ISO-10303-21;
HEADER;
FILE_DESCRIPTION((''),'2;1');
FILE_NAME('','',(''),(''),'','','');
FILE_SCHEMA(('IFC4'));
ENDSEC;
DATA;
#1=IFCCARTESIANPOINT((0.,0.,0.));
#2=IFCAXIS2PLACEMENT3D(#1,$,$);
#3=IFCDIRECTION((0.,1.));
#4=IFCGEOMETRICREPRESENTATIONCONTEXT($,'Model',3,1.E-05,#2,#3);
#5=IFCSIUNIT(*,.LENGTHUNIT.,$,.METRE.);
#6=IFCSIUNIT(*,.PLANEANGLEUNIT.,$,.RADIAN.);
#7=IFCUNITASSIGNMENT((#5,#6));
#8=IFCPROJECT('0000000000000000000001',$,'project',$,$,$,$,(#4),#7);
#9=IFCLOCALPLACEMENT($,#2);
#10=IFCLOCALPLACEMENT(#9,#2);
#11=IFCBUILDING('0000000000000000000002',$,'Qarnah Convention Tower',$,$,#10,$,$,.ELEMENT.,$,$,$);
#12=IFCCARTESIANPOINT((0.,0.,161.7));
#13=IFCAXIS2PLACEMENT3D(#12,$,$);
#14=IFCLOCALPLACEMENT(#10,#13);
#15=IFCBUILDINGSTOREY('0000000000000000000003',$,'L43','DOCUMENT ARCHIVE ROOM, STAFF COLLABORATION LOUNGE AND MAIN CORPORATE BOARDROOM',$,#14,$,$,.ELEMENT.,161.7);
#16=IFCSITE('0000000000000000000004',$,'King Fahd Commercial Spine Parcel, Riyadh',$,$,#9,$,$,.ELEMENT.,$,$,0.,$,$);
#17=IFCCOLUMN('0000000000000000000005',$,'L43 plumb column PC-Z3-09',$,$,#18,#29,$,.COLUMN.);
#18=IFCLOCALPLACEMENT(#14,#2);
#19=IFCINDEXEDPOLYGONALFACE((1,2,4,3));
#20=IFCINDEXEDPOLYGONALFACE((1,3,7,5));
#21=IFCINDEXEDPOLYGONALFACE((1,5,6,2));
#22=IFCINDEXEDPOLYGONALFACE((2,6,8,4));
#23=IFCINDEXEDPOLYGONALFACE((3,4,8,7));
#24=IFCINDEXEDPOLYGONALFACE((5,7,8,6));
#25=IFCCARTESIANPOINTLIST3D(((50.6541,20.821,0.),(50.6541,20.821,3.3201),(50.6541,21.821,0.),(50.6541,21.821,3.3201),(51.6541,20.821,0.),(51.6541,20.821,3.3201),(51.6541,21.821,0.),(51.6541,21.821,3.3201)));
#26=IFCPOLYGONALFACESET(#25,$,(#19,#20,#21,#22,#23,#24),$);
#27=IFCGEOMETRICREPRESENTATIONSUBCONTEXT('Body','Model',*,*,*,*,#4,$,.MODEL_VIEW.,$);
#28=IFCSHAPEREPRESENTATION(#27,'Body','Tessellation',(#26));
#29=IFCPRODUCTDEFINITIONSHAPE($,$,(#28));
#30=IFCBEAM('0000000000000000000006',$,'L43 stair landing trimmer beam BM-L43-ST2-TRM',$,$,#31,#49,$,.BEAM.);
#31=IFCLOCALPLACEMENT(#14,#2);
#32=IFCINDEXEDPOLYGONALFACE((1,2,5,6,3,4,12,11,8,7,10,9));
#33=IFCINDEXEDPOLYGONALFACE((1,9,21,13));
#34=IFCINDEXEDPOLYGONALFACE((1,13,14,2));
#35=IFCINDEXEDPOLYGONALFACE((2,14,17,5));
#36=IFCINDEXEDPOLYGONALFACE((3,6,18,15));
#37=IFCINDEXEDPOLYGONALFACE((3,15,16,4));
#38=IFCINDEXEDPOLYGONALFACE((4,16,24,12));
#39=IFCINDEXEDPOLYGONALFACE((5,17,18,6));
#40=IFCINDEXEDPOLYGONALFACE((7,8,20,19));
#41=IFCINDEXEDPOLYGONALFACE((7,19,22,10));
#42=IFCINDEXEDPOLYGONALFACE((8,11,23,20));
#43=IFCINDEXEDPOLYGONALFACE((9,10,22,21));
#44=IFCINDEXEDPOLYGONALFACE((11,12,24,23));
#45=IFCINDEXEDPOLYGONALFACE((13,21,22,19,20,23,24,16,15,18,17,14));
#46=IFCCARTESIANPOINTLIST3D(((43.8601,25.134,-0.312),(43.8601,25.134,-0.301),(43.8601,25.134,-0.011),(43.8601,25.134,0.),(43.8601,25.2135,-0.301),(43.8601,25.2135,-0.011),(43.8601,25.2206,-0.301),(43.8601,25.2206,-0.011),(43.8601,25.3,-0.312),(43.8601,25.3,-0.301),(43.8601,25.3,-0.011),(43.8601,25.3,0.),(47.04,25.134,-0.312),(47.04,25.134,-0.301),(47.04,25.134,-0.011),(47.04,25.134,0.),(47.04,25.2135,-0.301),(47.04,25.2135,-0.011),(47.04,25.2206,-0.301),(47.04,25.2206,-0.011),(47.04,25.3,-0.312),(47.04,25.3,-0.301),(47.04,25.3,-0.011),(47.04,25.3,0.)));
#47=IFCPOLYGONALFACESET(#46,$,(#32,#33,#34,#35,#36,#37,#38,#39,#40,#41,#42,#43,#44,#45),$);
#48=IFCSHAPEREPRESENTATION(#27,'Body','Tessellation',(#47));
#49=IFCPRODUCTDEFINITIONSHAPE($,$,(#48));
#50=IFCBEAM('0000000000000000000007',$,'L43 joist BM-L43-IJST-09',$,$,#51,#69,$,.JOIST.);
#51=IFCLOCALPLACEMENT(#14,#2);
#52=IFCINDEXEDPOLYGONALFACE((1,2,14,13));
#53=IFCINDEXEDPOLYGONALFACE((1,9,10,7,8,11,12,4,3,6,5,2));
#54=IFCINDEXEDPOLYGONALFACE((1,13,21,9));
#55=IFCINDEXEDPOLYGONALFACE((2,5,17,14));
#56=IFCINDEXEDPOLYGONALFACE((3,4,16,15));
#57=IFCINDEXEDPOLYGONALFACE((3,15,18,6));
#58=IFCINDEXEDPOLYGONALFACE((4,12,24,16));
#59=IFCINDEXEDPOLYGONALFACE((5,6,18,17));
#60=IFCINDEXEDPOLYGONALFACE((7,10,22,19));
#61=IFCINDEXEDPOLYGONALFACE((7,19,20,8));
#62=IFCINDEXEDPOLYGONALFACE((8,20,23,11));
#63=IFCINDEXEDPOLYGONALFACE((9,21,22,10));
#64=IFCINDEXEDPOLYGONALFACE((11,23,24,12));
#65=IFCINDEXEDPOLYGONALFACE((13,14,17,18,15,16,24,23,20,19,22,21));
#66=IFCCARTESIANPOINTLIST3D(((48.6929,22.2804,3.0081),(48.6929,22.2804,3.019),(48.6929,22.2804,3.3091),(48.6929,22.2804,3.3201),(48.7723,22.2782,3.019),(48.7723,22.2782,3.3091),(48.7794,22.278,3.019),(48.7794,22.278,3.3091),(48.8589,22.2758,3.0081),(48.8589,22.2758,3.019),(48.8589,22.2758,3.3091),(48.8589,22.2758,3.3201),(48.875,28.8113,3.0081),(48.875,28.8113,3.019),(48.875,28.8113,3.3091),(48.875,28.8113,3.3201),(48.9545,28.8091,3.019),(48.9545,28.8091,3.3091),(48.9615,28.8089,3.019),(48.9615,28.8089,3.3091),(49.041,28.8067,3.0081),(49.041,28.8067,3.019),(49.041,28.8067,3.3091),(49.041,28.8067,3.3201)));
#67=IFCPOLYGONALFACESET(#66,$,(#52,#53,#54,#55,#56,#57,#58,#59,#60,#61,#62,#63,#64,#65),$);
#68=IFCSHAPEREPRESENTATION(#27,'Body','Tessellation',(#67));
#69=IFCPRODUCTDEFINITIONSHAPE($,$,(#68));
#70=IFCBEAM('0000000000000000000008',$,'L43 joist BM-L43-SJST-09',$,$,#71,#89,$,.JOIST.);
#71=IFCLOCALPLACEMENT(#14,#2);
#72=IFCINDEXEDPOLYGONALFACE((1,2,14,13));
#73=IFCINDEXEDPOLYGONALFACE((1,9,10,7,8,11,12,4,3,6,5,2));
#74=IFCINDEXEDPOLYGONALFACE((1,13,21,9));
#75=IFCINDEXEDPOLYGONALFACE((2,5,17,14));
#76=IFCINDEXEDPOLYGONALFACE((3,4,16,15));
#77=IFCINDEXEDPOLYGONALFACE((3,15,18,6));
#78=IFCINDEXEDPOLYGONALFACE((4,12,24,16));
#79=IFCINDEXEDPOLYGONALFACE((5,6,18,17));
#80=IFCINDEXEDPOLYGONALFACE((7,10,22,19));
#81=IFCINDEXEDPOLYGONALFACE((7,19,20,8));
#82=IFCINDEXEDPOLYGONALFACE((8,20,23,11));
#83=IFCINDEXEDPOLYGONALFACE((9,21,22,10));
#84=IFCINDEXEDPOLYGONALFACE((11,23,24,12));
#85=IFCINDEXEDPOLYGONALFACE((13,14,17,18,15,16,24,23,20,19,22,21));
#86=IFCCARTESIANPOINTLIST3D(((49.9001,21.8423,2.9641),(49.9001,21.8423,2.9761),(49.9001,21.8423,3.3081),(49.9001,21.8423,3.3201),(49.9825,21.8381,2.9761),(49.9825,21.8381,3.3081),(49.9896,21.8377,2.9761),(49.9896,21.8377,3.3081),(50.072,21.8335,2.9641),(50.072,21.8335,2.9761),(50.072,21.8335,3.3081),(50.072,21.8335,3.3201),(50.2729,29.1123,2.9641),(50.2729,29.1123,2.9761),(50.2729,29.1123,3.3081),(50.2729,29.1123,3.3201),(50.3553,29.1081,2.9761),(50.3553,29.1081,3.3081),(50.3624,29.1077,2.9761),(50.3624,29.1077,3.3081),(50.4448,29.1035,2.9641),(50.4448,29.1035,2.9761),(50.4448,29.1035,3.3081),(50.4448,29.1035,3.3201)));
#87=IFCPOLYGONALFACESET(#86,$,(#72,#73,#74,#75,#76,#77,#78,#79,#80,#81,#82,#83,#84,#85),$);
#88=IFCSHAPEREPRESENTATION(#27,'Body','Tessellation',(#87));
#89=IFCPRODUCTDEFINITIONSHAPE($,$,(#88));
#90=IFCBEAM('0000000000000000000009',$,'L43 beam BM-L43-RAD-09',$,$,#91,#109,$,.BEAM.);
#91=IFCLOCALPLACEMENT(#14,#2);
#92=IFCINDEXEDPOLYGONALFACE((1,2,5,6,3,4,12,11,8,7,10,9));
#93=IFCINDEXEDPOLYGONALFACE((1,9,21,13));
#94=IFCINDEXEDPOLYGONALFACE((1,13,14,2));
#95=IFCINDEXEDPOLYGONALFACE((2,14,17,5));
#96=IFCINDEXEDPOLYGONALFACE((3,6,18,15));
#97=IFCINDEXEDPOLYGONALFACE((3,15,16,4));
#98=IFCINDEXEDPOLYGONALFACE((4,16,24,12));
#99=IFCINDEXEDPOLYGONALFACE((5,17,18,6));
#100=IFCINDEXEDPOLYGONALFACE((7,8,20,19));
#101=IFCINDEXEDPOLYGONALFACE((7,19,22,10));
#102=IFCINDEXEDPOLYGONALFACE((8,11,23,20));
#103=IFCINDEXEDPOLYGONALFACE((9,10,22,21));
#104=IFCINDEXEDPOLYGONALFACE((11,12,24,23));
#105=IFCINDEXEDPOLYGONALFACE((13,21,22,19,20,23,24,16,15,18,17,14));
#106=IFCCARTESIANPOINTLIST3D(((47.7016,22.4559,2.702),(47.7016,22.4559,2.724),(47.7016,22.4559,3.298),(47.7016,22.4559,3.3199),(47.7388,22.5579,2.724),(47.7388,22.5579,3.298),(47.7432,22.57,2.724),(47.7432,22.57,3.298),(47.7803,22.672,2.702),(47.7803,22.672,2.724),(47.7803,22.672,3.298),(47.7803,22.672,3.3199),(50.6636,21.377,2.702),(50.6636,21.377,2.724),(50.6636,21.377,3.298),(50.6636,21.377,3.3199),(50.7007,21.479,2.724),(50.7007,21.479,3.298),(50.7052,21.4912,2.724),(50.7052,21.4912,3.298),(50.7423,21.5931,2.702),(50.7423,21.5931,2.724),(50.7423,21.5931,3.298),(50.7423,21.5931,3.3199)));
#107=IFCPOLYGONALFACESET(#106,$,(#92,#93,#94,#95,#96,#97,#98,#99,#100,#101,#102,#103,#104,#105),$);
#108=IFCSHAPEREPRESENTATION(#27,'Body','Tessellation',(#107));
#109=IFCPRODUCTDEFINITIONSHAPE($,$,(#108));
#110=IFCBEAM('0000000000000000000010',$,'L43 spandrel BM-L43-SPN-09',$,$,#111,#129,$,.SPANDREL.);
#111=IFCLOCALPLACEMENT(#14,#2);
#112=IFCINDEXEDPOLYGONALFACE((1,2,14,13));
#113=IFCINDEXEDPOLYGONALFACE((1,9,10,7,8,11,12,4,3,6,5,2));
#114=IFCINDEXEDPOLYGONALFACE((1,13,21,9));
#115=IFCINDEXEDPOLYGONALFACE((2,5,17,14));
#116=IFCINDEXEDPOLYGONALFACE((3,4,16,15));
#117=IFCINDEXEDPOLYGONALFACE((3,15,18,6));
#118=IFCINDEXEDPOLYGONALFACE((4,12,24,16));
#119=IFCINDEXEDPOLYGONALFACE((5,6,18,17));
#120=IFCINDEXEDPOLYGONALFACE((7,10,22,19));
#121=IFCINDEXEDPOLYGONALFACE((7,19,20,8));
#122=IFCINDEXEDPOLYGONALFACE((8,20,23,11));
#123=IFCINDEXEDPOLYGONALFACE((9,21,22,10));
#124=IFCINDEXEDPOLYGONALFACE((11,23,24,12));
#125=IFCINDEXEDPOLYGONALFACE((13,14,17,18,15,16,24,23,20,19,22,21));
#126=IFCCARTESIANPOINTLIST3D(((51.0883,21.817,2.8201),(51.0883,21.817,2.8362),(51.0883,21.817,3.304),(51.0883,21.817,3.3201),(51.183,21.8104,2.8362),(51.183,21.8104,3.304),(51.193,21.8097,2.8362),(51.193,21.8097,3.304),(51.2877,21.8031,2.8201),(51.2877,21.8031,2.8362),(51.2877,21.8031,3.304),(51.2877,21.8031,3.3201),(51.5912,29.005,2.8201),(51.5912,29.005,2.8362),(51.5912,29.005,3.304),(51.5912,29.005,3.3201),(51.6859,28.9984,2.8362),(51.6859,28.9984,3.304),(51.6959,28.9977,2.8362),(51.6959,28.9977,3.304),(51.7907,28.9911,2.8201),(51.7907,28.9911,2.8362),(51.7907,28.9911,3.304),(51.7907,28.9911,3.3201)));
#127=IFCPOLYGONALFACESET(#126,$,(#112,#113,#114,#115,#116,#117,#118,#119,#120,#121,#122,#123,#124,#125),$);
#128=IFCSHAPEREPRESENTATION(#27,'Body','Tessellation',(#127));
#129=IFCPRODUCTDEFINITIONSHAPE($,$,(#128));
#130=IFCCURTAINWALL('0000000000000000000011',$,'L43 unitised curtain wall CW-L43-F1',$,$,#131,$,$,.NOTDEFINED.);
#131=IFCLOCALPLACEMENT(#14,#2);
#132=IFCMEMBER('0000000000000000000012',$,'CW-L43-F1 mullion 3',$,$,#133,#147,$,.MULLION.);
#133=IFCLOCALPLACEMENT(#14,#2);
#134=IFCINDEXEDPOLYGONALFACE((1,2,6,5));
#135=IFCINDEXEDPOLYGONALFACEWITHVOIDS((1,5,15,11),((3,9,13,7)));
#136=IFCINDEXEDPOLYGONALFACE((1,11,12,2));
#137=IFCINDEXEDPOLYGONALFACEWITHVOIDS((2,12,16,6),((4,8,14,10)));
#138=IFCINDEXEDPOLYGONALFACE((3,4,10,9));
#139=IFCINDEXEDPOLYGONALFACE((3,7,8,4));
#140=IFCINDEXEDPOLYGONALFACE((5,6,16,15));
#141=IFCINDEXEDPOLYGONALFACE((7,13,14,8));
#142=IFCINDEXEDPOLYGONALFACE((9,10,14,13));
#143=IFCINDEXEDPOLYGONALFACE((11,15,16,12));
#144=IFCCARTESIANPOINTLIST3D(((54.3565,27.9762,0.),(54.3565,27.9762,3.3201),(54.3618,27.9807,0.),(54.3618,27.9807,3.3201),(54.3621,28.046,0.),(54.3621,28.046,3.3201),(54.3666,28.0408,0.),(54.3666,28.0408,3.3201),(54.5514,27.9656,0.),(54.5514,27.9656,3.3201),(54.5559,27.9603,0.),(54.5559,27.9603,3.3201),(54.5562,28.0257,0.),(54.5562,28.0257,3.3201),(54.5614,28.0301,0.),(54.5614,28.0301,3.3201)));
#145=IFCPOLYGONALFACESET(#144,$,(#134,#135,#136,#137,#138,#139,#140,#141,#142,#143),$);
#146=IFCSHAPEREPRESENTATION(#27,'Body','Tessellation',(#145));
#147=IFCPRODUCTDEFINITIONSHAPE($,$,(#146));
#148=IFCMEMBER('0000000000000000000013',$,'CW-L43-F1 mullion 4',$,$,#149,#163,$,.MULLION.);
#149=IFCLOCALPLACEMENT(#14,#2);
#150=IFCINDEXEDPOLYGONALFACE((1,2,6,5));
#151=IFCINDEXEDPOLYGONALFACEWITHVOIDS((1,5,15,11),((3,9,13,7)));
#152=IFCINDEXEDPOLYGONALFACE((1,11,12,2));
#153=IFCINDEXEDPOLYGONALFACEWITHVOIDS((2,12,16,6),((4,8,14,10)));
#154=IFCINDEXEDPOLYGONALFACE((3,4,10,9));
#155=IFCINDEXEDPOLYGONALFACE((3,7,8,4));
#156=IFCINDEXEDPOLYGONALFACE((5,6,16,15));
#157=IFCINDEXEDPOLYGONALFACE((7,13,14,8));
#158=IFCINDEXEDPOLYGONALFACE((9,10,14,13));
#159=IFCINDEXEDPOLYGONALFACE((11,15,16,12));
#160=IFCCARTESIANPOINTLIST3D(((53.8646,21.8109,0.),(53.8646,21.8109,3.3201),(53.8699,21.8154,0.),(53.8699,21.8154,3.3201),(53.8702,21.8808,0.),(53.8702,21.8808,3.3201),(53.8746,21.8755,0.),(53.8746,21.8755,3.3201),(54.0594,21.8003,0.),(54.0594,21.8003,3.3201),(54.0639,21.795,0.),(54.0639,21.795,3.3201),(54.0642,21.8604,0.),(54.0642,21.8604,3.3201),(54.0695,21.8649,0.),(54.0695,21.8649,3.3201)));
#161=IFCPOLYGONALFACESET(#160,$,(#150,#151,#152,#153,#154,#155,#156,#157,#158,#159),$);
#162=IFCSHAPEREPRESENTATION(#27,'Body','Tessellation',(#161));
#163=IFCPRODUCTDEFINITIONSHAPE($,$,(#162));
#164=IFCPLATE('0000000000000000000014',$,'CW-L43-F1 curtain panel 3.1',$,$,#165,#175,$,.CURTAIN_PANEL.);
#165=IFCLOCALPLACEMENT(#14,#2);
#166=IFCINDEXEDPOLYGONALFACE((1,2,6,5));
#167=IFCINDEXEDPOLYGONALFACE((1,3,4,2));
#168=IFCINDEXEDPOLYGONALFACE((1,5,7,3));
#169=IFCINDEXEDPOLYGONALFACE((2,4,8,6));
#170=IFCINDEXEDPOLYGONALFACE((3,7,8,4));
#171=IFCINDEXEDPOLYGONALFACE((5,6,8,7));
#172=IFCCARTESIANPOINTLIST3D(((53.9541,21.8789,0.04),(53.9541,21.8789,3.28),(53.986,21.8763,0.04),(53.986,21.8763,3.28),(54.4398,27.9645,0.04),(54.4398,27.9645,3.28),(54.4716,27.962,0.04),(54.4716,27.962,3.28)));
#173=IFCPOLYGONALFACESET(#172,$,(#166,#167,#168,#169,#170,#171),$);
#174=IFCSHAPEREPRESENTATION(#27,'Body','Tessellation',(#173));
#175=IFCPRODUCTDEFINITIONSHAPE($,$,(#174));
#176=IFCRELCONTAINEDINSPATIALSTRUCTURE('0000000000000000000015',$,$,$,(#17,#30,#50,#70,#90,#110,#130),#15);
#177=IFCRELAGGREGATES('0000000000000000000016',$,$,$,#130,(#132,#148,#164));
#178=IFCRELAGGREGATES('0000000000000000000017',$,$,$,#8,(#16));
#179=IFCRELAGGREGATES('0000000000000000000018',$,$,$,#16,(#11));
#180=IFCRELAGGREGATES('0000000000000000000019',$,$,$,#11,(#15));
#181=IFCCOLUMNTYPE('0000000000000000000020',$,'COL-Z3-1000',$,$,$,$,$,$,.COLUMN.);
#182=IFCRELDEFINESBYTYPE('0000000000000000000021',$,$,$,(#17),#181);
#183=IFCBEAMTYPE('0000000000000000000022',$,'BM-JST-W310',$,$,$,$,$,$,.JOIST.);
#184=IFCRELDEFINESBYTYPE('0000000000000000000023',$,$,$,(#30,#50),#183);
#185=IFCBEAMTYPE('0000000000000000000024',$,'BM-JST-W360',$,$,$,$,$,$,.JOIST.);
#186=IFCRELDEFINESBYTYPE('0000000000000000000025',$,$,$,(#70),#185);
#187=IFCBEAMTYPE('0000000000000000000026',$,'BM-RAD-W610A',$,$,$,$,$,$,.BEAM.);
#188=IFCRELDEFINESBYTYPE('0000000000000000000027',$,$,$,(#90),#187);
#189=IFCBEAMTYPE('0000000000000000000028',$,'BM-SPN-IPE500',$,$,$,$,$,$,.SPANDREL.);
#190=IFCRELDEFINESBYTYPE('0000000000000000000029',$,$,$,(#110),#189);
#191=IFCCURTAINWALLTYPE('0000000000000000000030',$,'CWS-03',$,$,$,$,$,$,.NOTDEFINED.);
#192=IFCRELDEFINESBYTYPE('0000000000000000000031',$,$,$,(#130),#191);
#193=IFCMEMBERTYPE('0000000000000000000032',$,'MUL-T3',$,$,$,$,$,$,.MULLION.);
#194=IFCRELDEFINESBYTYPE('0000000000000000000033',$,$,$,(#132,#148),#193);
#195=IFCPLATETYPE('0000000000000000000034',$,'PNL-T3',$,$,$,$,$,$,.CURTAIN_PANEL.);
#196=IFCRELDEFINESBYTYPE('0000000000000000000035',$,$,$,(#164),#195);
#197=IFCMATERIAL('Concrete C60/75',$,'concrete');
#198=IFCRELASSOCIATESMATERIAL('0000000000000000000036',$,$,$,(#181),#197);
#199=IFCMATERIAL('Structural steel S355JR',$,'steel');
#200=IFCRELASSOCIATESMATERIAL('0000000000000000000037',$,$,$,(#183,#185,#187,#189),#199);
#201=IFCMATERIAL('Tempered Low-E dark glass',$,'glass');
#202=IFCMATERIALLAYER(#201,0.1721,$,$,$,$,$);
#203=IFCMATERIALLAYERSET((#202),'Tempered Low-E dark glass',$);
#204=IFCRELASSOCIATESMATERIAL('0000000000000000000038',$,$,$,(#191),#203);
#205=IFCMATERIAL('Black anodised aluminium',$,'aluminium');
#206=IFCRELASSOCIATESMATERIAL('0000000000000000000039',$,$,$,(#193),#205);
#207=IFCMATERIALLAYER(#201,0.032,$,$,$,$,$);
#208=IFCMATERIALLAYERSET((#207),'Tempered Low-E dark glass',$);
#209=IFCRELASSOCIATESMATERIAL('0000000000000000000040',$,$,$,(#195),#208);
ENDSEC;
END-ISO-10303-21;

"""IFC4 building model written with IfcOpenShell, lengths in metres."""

from ifc_helpers import new_model, si_unit, direction, frame, origin, origin_2d, place, context, subcontext, project, spatial, rectangle, hollow_rectangle, i_section, extrude, material, layer, layer_set, material_profile, profile_set, type_object, element, aggregate, save


model = new_model("IFC4")

# Units and contexts
model_context = context("Model", 3, precision=1e-05, world=origin(), true_north=direction((0.0, 1.0)))
body_context = subcontext(model_context, "Body", "Model", "MODEL_VIEW")
ifc_project = project(units=[si_unit("LENGTHUNIT", "METRE"), si_unit("PLANEANGLEUNIT", "RADIAN")], contexts=[model_context])

# Site, building, storey
site_placement = place(None, origin())
site = spatial("IfcSite", under=ifc_project, at=site_placement, Name="King Fahd Commercial Spine Parcel, Riyadh", CompositionType="ELEMENT", RefElevation=0.0)
building_placement = place(site_placement, origin())
building = spatial("IfcBuilding", under=site, at=building_placement, Name="Qarnah Convention Tower", CompositionType="ELEMENT")
storey_placement = place(building_placement, frame((0.0, 0.0, 161.7)))
storey = spatial("IfcBuildingStorey", under=building, at=storey_placement, Name="L43", Description="DOCUMENT ARCHIVE ROOM, STAFF COLLABORATION LOUNGE AND MAIN CORPORATE BOARDROOM", CompositionType="ELEMENT", Elevation=161.7)

# Column
ifc_material_1 = material(Name="Concrete C60/75", Category="concrete")
ifc_material_profile_1 = material_profile(ifc_material_1, rectangle(XDim=1.0, YDim=1.0, at=origin_2d()), Name="RC-COL-1000X1000")
ifc_profile_set_1 = profile_set([ifc_material_profile_1], Name="Concrete C60/75")
column_type = type_object("IfcColumnType", Name="COL-Z3-1000", PredefinedType="COLUMN", material=ifc_profile_set_1)
column_placement = place(storey_placement, frame((51.1541, 21.321, 0.0), z_axis=(0.0, 0.0, 1.0), x_axis=(1.0, 0.0, 0.0)))
element("IfcColumn", 1, at=column_placement, inside=storey, type_object=column_type, Name="L43 plumb column PC-Z3-09", PredefinedType="COLUMN", context=body_context, shape_type="SweptSolid", body=[
    extrude(rectangle(XDim=1.0, YDim=1.0, at=origin_2d()), origin(), (0.0, 0.0, 1.0), 3.3201),
])

# Beams
ifc_material_2 = material(Name="Structural steel S355JR", Category="steel")
ifc_material_profile_2 = material_profile(ifc_material_2, i_section(OverallWidth=0.166, OverallDepth=0.312, WebThickness=0.0071, FlangeThickness=0.011, at=origin_2d()), Name="W310X45")
ifc_profile_set_2 = profile_set([ifc_material_profile_2], Name="Structural steel S355JR")
beam_type_1 = type_object("IfcBeamType", Name="BM-JST-W310", PredefinedType="JOIST", material=ifc_profile_set_2)
beam_1_placement = place(storey_placement, frame((43.8601, 25.217, -0.156), z_axis=(1.0, 0.0, 0.0), x_axis=(0.0, 1.0, 0.0)))
element("IfcBeam", 2, at=beam_1_placement, inside=storey, type_object=beam_type_1, Name="L43 stair landing trimmer beam BM-L43-ST2-TRM", PredefinedType="BEAM", context=body_context, shape_type="SweptSolid", body=[
    extrude(i_section(OverallWidth=0.166, OverallDepth=0.312, WebThickness=0.0071, FlangeThickness=0.011, at=origin_2d()), origin(), (0.0, 0.0, 1.0), 3.1799),
])
beam_2_placement = place(storey_placement, frame((48.7759, 22.2781, 3.1641), z_axis=(0.027876, 0.999611, 0.0), x_axis=(-0.999611, 0.027876, 0.0)))
element("IfcBeam", 3, at=beam_2_placement, inside=storey, type_object=beam_type_1, Name="L43 joist BM-L43-IJST-09", PredefinedType="JOIST", context=body_context, shape_type="SweptSolid", body=[
    extrude(i_section(OverallWidth=0.166, OverallDepth=0.312, WebThickness=0.0071, FlangeThickness=0.011, at=origin_2d()), origin(), (0.0, 0.0, 1.0), 6.5334),
])
ifc_material_profile_3 = material_profile(ifc_material_2, i_section(OverallWidth=0.1721, OverallDepth=0.356, WebThickness=0.0071, FlangeThickness=0.012, at=origin_2d()), Name="W360X51")
ifc_profile_set_3 = profile_set([ifc_material_profile_3], Name="Structural steel S355JR")
beam_type_2 = type_object("IfcBeamType", Name="BM-JST-W360", PredefinedType="JOIST", material=ifc_profile_set_3)
beam_3_placement = place(storey_placement, frame((49.9861, 21.8379, 3.1421), z_axis=(0.051212, 0.998688, 0.0), x_axis=(-0.998688, 0.051212, 0.0)))
element("IfcBeam", 4, at=beam_3_placement, inside=storey, type_object=beam_type_2, Name="L43 joist BM-L43-SJST-09", PredefinedType="JOIST", context=body_context, shape_type="SweptSolid", body=[
    extrude(i_section(OverallWidth=0.1721, OverallDepth=0.356, WebThickness=0.0071, FlangeThickness=0.012, at=origin_2d()), origin(), (0.0, 0.0, 1.0), 7.2795),
])
ifc_material_profile_4 = material_profile(ifc_material_2, i_section(OverallWidth=0.23, OverallDepth=0.6179, WebThickness=0.0129, FlangeThickness=0.022, at=origin_2d()), Name="W610X140")
ifc_profile_set_4 = profile_set([ifc_material_profile_4], Name="Structural steel S355JR")
beam_type_3 = type_object("IfcBeamType", Name="BM-RAD-W610A", PredefinedType="BEAM", material=ifc_profile_set_4)
beam_4_placement = place(storey_placement, frame((47.741, 22.564, 3.011), z_axis=(0.93961, -0.342247, 0.0), x_axis=(0.342247, 0.93961, 0.0)))
element("IfcBeam", 5, at=beam_4_placement, inside=storey, type_object=beam_type_3, Name="L43 beam BM-L43-RAD-09", PredefinedType="BEAM", context=body_context, shape_type="SweptSolid", body=[
    extrude(i_section(OverallWidth=0.23, OverallDepth=0.6179, WebThickness=0.0129, FlangeThickness=0.022, at=origin_2d()), origin(), (0.0, 0.0, 1.0), 3.1523),
])
ifc_material_profile_5 = material_profile(ifc_material_2, i_section(OverallWidth=0.2, OverallDepth=0.5, WebThickness=0.01, FlangeThickness=0.0161, at=origin_2d()), Name="IPE500")
ifc_profile_set_5 = profile_set([ifc_material_profile_5], Name="Structural steel S355JR")
beam_type_4 = type_object("IfcBeamType", Name="BM-SPN-IPE500", PredefinedType="SPANDREL", material=ifc_profile_set_5)
beam_5_placement = place(storey_placement, frame((51.188, 21.8101, 3.0701), z_axis=(0.069797, 0.997561, 0.0), x_axis=(-0.997561, 0.069797, 0.0)))
element("IfcBeam", 6, at=beam_5_placement, inside=storey, type_object=beam_type_4, Name="L43 spandrel BM-L43-SPN-09", PredefinedType="SPANDREL", context=body_context, shape_type="SweptSolid", body=[
    extrude(i_section(OverallWidth=0.2, OverallDepth=0.5, WebThickness=0.01, FlangeThickness=0.0161, at=origin_2d()), origin(), (0.0, 0.0, 1.0), 7.2056),
])

# Curtain wall, members, plate
ifc_material_3 = material(Name="Tempered Low-E dark glass", Category="glass")
ifc_layer_1 = layer(ifc_material_3, 0.1721)
ifc_layer_set_1 = layer_set([ifc_layer_1], Name="Tempered Low-E dark glass")
curtain_wall_type = type_object("IfcCurtainWallType", Name="CWS-03", PredefinedType="NOTDEFINED", material=ifc_layer_set_1)
curtain_wall_placement = place(storey_placement, origin())
curtain_wall = element("IfcCurtainWall", 7, at=curtain_wall_placement, inside=storey, type_object=curtain_wall_type, Name="L43 unitised curtain wall CW-L43-F1", PredefinedType="NOTDEFINED")
ifc_material_4 = material(Name="Black anodised aluminium", Category="aluminium")
ifc_material_profile_6 = material_profile(ifc_material_4, hollow_rectangle(XDim=0.0701, YDim=0.2, WallThickness=0.0049, at=origin_2d()), Name="MUL-70X200")
ifc_profile_set_6 = profile_set([ifc_material_profile_6], Name="Black anodised aluminium")
member_type = type_object("IfcMemberType", Name="MUL-T3", PredefinedType="MULLION", material=ifc_profile_set_6)
member_1_placement = place(storey_placement, frame((54.459, 28.0032, 0.0), z_axis=(0.0, 0.0, 1.0), x_axis=(-0.079547, -0.996831, 0.0)))
member_1 = element("IfcMember", 8, at=member_1_placement, type_object=member_type, Name="CW-L43-F1 mullion 3", PredefinedType="MULLION", context=body_context, shape_type="SweptSolid", body=[
    extrude(hollow_rectangle(XDim=0.0701, YDim=0.2, WallThickness=0.0049, at=origin_2d()), origin(), (0.0, 0.0, 1.0), 3.3201),
])
member_2_placement = place(storey_placement, frame((53.967, 21.8379, 0.0), z_axis=(0.0, 0.0, 1.0), x_axis=(-0.079547, -0.996831, 0.0)))
member_2 = element("IfcMember", 9, at=member_2_placement, type_object=member_type, Name="CW-L43-F1 mullion 4", PredefinedType="MULLION", context=body_context, shape_type="SweptSolid", body=[
    extrude(hollow_rectangle(XDim=0.0701, YDim=0.2, WallThickness=0.0049, at=origin_2d()), origin(), (0.0, 0.0, 1.0), 3.3201),
])
ifc_layer_2 = layer(ifc_material_3, 0.032)
ifc_layer_set_2 = layer_set([ifc_layer_2], Name="Tempered Low-E dark glass")
plate_type = type_object("IfcPlateType", Name="PNL-T3", PredefinedType="CURTAIN_PANEL", material=ifc_layer_set_2)
plate_placement = place(storey_placement, frame((54.2129, 24.9204, 0.04), z_axis=(0.0, 0.0, 1.0), x_axis=(-0.079547, -0.996831, 0.0)))
plate = element("IfcPlate", 10, at=plate_placement, type_object=plate_type, Name="CW-L43-F1 curtain panel 3.1", PredefinedType="CURTAIN_PANEL", context=body_context, shape_type="SweptSolid", body=[
    extrude(rectangle(XDim=6.105, YDim=0.032, at=origin_2d()), origin(), (0.0, 0.0, 1.0), 3.24),
])
aggregate(curtain_wall, [member_1, member_2, plate])

save(model, "model.ifc")
